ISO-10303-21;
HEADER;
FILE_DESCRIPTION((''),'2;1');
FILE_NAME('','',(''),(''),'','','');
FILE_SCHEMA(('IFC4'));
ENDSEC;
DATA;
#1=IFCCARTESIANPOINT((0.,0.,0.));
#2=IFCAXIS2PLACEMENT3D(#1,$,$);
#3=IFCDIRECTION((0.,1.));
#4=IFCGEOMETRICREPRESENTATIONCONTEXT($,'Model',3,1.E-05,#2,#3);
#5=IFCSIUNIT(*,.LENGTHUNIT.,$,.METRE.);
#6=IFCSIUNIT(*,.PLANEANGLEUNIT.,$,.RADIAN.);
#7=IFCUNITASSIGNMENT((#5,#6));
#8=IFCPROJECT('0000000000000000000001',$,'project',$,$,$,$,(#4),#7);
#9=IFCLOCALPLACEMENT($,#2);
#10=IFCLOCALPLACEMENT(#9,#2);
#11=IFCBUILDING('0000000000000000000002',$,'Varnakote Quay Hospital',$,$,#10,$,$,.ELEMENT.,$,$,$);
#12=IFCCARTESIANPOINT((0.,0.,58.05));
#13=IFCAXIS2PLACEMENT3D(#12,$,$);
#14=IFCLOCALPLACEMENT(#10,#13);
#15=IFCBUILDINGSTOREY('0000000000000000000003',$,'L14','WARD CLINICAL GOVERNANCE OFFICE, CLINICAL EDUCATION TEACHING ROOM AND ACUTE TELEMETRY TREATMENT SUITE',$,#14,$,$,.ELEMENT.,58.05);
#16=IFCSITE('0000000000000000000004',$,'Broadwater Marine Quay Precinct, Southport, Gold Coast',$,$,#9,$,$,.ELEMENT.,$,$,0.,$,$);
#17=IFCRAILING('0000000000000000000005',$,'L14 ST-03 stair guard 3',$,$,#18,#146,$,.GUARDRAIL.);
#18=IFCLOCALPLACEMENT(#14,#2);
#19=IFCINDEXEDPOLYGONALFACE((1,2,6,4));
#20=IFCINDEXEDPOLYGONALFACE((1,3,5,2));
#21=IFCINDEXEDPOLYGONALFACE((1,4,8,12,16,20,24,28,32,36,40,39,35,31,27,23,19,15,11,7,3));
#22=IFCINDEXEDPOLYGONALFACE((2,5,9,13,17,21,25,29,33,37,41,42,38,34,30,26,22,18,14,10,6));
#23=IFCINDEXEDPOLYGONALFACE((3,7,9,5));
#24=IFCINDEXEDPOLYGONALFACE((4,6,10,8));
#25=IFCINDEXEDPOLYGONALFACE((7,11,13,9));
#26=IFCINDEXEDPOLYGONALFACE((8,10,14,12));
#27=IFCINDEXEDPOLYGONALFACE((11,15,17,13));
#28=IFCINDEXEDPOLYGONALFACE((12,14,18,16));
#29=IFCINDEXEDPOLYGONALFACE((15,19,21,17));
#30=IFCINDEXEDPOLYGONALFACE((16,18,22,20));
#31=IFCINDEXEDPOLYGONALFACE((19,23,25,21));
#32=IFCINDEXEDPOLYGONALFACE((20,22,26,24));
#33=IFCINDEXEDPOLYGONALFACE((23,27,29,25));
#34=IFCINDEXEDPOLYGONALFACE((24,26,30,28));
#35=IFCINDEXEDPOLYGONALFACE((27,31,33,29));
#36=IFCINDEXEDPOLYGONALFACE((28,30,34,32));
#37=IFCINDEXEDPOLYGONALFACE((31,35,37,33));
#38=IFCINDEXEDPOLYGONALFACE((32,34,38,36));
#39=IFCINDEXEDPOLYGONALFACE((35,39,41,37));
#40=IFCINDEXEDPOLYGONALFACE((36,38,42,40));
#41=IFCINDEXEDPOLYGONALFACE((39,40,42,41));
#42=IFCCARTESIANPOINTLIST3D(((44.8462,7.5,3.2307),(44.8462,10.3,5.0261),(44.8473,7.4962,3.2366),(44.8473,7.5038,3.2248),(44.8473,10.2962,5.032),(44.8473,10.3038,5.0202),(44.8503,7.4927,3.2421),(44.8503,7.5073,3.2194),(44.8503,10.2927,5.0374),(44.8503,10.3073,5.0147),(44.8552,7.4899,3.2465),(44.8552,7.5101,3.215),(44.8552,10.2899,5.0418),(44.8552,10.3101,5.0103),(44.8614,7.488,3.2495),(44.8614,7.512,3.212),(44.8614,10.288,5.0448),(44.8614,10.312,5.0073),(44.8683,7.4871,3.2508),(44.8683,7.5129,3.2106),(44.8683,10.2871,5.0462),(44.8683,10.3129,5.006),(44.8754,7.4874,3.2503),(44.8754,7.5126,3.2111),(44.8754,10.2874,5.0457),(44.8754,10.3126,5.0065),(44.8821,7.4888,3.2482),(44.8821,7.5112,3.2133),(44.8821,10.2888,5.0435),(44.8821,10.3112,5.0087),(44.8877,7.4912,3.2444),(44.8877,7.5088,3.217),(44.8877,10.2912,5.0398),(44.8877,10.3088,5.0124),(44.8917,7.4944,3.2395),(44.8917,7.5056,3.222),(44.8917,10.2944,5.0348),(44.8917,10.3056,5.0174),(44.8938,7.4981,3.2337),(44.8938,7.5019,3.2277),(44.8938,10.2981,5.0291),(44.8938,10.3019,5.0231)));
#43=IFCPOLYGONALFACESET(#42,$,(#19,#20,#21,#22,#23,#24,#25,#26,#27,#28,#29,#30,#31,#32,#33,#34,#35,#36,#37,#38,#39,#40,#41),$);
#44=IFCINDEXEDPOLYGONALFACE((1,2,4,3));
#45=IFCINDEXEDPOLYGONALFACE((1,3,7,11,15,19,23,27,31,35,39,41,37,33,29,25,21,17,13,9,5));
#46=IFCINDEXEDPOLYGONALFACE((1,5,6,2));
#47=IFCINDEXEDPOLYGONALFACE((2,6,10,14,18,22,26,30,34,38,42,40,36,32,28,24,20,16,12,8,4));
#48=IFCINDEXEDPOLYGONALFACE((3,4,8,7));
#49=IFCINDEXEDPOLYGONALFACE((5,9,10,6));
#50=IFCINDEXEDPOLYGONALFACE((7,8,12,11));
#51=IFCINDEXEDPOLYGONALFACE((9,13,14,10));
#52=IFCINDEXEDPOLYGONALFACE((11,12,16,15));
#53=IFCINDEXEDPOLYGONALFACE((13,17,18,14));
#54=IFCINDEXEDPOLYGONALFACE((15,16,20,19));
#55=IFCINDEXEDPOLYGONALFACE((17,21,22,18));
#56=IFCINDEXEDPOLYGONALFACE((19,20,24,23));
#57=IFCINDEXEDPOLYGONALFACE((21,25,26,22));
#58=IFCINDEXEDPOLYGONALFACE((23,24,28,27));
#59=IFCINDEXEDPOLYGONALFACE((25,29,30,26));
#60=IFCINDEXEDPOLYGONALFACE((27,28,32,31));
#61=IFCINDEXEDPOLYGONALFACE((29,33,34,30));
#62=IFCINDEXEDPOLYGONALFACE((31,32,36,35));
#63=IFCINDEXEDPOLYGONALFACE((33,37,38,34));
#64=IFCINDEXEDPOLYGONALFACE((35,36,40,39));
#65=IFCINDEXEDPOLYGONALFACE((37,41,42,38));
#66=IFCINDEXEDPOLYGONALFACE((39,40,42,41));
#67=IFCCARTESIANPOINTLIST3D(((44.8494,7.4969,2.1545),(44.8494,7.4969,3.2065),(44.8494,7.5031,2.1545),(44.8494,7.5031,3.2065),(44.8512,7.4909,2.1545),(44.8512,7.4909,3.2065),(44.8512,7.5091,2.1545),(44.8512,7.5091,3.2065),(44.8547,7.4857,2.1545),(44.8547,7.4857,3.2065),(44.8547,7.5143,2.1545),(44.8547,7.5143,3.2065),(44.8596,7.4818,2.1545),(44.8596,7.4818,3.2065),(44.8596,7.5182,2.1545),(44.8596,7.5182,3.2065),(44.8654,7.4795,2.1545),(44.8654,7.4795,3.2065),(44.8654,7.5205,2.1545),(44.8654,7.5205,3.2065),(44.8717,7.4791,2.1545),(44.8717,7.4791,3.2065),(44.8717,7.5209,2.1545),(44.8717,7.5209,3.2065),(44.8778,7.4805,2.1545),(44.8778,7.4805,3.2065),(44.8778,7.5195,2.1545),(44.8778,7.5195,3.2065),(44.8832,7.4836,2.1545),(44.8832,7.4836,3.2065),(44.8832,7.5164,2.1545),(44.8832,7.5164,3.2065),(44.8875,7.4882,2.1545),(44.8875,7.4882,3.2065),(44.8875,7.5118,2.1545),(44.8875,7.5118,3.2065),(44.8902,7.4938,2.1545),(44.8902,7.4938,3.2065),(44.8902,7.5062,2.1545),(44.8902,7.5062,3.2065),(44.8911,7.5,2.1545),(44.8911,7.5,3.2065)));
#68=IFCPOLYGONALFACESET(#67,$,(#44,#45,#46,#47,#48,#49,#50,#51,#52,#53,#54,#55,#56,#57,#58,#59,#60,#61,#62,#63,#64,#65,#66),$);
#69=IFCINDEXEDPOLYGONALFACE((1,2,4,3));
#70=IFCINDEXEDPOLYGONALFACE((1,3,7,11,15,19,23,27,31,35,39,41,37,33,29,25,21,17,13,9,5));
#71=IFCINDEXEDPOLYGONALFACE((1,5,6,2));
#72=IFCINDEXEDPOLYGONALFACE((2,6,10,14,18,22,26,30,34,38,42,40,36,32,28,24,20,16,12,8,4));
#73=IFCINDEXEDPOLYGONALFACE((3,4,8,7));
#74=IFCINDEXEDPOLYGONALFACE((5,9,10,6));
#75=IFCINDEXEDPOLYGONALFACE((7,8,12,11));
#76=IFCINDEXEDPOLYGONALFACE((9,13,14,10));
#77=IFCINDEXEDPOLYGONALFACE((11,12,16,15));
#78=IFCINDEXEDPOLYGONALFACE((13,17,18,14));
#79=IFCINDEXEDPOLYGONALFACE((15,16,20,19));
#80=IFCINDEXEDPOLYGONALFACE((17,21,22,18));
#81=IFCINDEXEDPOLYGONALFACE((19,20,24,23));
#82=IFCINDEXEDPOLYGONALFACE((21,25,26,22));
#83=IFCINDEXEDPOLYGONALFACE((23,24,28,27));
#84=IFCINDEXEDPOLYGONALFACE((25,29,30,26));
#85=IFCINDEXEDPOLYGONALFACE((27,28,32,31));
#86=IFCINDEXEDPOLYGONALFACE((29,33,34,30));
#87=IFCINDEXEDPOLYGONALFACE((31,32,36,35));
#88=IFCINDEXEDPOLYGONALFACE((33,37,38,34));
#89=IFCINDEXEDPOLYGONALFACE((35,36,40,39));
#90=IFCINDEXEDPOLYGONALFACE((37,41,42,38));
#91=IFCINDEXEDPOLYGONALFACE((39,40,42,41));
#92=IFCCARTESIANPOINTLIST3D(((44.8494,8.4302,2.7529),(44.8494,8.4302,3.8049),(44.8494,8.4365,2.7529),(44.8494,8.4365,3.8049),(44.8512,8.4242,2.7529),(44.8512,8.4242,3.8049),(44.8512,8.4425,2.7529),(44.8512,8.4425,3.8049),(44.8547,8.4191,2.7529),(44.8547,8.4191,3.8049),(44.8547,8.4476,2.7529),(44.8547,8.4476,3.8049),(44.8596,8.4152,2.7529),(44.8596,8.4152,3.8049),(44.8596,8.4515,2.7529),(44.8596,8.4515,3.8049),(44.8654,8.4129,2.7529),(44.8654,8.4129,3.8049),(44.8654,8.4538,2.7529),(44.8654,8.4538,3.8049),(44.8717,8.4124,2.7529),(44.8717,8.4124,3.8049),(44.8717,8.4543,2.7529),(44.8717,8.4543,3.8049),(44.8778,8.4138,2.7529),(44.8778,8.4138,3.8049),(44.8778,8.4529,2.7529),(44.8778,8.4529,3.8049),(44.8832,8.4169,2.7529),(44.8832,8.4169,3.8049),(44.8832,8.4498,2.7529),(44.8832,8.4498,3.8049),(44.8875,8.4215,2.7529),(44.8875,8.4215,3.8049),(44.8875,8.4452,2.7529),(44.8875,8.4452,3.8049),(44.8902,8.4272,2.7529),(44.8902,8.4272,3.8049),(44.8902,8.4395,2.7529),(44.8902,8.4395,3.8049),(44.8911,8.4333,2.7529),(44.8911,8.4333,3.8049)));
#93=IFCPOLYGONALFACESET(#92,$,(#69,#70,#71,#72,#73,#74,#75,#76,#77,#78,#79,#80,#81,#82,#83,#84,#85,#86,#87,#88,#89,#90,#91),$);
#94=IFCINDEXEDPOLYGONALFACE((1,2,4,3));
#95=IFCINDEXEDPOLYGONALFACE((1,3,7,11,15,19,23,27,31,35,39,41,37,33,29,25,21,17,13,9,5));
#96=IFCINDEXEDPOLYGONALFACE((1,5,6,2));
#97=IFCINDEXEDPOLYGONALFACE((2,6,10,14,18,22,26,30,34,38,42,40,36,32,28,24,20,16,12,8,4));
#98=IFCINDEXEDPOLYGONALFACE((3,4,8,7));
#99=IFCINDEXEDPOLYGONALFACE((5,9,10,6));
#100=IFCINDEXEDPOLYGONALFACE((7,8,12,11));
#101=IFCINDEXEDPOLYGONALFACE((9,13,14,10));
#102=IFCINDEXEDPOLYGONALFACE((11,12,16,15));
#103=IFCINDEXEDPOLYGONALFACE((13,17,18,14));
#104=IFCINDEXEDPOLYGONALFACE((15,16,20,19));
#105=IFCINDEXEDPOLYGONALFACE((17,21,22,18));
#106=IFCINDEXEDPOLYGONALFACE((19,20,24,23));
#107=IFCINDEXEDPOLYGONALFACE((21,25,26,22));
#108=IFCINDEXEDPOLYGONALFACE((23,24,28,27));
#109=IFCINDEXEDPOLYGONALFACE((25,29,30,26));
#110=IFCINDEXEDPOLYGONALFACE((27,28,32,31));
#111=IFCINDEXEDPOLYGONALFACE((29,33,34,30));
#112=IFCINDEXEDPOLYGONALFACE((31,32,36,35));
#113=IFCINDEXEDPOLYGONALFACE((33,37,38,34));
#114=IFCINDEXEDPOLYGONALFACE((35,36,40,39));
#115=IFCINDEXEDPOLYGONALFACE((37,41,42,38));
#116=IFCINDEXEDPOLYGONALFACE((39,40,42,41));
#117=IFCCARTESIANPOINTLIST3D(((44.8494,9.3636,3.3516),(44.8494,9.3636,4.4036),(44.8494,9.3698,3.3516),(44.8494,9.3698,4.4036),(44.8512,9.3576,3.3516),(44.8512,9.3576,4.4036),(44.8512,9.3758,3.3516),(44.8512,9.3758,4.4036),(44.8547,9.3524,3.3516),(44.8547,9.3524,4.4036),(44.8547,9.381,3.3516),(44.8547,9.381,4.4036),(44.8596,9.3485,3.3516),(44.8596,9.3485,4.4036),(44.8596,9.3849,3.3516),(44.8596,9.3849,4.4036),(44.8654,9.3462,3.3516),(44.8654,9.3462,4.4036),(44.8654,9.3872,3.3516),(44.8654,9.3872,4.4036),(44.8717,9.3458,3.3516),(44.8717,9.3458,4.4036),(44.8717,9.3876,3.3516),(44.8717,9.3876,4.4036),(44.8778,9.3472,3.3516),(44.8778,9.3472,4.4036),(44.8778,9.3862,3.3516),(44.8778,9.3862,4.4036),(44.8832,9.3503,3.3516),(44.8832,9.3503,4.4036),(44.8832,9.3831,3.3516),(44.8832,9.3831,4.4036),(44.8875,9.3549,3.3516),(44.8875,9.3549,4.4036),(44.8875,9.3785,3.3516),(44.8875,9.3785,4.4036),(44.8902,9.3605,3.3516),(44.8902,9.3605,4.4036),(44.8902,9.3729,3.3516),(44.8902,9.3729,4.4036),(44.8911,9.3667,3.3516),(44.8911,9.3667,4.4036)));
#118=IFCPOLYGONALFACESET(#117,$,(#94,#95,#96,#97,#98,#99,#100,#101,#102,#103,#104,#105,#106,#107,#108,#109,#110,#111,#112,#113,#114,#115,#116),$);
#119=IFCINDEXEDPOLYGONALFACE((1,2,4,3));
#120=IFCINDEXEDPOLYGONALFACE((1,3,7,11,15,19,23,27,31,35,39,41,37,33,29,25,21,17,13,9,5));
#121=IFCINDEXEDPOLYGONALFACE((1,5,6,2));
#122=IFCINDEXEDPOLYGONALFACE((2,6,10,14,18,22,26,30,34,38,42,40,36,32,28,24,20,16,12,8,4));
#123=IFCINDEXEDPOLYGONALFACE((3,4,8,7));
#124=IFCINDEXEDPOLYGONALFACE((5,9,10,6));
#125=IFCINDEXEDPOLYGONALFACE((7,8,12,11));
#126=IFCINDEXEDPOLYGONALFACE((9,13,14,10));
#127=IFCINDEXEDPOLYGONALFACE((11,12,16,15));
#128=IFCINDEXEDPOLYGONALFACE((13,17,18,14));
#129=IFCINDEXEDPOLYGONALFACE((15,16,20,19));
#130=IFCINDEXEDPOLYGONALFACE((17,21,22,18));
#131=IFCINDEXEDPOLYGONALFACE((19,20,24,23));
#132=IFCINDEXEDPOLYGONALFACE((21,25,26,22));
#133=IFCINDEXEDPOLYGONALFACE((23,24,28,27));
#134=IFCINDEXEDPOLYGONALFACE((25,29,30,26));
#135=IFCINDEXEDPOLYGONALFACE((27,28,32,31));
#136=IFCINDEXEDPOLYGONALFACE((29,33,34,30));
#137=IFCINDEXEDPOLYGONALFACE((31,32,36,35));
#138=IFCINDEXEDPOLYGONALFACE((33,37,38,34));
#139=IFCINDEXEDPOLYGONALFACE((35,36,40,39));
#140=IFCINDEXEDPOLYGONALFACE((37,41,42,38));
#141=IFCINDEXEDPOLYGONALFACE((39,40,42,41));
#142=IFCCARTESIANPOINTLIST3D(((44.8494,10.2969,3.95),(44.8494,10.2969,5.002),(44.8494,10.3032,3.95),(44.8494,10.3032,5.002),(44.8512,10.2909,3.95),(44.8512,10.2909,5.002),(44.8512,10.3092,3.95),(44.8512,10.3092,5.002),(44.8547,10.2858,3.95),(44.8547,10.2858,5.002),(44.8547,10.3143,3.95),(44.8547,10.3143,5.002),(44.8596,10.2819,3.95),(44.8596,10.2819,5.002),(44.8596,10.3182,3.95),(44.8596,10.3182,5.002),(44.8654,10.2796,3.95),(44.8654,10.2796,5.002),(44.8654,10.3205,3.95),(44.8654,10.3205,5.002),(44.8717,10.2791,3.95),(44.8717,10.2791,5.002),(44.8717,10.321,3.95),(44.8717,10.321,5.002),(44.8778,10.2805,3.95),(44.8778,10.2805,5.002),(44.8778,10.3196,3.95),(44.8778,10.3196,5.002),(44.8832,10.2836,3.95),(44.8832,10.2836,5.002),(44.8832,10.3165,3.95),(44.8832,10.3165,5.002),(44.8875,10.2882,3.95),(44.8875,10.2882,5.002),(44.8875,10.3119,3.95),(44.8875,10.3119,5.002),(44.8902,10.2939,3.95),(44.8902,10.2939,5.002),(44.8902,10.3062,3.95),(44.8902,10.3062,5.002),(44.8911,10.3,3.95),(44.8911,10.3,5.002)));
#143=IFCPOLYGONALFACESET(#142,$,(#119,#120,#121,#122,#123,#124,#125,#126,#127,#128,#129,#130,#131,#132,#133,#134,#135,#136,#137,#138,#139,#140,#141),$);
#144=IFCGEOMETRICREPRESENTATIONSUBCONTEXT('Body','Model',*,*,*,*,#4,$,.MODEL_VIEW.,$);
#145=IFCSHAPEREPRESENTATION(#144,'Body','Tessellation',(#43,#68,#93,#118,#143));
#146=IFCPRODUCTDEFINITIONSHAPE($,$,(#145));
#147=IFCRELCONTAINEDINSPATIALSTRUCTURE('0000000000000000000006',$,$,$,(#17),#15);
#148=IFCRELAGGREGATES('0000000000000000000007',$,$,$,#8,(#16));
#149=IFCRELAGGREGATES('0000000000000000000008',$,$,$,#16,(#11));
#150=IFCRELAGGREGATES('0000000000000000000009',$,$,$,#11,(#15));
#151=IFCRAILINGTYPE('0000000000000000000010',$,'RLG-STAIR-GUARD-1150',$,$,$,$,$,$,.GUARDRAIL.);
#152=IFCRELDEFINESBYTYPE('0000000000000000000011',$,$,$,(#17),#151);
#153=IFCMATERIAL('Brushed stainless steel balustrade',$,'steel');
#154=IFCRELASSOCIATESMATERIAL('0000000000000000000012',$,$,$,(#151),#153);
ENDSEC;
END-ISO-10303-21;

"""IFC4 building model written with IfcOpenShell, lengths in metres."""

from ifc_helpers import new_model, si_unit, direction, frame, origin, origin_2d, place, context, subcontext, project, spatial, circle, extrude, material, type_object, element, save


model = new_model("IFC4")

# Units and contexts
model_context = context("Model", 3, precision=1e-05, world=origin(), true_north=direction((0.0, 1.0)))
body_context = subcontext(model_context, "Body", "Model", "MODEL_VIEW")
ifc_project = project(units=[si_unit("LENGTHUNIT", "METRE"), si_unit("PLANEANGLEUNIT", "RADIAN")], contexts=[model_context])

# Site, building, storey
site_placement = place(None, origin())
site = spatial("IfcSite", under=ifc_project, at=site_placement, Name="Broadwater Marine Quay Precinct, Southport, Gold Coast", CompositionType="ELEMENT", RefElevation=0.0)
building_placement = place(site_placement, origin())
building = spatial("IfcBuilding", under=site, at=building_placement, Name="Varnakote Quay Hospital", CompositionType="ELEMENT")
storey_placement = place(building_placement, frame((0.0, 0.0, 58.05)))
storey = spatial("IfcBuildingStorey", under=building, at=storey_placement, Name="L14", Description="WARD CLINICAL GOVERNANCE OFFICE, CLINICAL EDUCATION TEACHING ROOM AND ACUTE TELEMETRY TREATMENT SUITE", CompositionType="ELEMENT", Elevation=58.05)

# Railing
ifc_material_1 = material(Name="Brushed stainless steel balustrade", Category="steel")
railing_type_1 = type_object("IfcRailingType", Name="RLG-STAIR-GUARD-1150", PredefinedType="GUARDRAIL", material=ifc_material_1)
railing_1_placement = place(storey_placement, frame((44.8701, 7.5, 2.1545)))
element("IfcRailing", 1, at=railing_1_placement, inside=storey, type_object=railing_type_1, Name="L14 ST-03 stair guard 3", PredefinedType="GUARDRAIL", context=body_context, shape_type="SweptSolid", body=[
    extrude(circle(Radius=0.0239, at=origin_2d()), frame((0.0, 0.0, 1.0762), z_axis=(0.0, 0.84181, 0.539774), x_axis=(-1.0, 0.0, 0.0)), (0.0, 0.0, 1.0), 3.3262),
    extrude(circle(Radius=0.021, at=origin_2d()), origin(), (0.0, 0.0, 1.0), 1.052),
    extrude(circle(Radius=0.021, at=origin_2d()), frame((0.0, 0.9333, 0.5984)), (0.0, 0.0, 1.0), 1.052),
    extrude(circle(Radius=0.021, at=origin_2d()), frame((0.0, 1.8667, 1.197)), (0.0, 0.0, 1.0), 1.052),
    extrude(circle(Radius=0.021, at=origin_2d()), frame((0.0, 2.8, 1.7954)), (0.0, 0.0, 1.0), 1.052),
])

save(model, "model.ifc")
